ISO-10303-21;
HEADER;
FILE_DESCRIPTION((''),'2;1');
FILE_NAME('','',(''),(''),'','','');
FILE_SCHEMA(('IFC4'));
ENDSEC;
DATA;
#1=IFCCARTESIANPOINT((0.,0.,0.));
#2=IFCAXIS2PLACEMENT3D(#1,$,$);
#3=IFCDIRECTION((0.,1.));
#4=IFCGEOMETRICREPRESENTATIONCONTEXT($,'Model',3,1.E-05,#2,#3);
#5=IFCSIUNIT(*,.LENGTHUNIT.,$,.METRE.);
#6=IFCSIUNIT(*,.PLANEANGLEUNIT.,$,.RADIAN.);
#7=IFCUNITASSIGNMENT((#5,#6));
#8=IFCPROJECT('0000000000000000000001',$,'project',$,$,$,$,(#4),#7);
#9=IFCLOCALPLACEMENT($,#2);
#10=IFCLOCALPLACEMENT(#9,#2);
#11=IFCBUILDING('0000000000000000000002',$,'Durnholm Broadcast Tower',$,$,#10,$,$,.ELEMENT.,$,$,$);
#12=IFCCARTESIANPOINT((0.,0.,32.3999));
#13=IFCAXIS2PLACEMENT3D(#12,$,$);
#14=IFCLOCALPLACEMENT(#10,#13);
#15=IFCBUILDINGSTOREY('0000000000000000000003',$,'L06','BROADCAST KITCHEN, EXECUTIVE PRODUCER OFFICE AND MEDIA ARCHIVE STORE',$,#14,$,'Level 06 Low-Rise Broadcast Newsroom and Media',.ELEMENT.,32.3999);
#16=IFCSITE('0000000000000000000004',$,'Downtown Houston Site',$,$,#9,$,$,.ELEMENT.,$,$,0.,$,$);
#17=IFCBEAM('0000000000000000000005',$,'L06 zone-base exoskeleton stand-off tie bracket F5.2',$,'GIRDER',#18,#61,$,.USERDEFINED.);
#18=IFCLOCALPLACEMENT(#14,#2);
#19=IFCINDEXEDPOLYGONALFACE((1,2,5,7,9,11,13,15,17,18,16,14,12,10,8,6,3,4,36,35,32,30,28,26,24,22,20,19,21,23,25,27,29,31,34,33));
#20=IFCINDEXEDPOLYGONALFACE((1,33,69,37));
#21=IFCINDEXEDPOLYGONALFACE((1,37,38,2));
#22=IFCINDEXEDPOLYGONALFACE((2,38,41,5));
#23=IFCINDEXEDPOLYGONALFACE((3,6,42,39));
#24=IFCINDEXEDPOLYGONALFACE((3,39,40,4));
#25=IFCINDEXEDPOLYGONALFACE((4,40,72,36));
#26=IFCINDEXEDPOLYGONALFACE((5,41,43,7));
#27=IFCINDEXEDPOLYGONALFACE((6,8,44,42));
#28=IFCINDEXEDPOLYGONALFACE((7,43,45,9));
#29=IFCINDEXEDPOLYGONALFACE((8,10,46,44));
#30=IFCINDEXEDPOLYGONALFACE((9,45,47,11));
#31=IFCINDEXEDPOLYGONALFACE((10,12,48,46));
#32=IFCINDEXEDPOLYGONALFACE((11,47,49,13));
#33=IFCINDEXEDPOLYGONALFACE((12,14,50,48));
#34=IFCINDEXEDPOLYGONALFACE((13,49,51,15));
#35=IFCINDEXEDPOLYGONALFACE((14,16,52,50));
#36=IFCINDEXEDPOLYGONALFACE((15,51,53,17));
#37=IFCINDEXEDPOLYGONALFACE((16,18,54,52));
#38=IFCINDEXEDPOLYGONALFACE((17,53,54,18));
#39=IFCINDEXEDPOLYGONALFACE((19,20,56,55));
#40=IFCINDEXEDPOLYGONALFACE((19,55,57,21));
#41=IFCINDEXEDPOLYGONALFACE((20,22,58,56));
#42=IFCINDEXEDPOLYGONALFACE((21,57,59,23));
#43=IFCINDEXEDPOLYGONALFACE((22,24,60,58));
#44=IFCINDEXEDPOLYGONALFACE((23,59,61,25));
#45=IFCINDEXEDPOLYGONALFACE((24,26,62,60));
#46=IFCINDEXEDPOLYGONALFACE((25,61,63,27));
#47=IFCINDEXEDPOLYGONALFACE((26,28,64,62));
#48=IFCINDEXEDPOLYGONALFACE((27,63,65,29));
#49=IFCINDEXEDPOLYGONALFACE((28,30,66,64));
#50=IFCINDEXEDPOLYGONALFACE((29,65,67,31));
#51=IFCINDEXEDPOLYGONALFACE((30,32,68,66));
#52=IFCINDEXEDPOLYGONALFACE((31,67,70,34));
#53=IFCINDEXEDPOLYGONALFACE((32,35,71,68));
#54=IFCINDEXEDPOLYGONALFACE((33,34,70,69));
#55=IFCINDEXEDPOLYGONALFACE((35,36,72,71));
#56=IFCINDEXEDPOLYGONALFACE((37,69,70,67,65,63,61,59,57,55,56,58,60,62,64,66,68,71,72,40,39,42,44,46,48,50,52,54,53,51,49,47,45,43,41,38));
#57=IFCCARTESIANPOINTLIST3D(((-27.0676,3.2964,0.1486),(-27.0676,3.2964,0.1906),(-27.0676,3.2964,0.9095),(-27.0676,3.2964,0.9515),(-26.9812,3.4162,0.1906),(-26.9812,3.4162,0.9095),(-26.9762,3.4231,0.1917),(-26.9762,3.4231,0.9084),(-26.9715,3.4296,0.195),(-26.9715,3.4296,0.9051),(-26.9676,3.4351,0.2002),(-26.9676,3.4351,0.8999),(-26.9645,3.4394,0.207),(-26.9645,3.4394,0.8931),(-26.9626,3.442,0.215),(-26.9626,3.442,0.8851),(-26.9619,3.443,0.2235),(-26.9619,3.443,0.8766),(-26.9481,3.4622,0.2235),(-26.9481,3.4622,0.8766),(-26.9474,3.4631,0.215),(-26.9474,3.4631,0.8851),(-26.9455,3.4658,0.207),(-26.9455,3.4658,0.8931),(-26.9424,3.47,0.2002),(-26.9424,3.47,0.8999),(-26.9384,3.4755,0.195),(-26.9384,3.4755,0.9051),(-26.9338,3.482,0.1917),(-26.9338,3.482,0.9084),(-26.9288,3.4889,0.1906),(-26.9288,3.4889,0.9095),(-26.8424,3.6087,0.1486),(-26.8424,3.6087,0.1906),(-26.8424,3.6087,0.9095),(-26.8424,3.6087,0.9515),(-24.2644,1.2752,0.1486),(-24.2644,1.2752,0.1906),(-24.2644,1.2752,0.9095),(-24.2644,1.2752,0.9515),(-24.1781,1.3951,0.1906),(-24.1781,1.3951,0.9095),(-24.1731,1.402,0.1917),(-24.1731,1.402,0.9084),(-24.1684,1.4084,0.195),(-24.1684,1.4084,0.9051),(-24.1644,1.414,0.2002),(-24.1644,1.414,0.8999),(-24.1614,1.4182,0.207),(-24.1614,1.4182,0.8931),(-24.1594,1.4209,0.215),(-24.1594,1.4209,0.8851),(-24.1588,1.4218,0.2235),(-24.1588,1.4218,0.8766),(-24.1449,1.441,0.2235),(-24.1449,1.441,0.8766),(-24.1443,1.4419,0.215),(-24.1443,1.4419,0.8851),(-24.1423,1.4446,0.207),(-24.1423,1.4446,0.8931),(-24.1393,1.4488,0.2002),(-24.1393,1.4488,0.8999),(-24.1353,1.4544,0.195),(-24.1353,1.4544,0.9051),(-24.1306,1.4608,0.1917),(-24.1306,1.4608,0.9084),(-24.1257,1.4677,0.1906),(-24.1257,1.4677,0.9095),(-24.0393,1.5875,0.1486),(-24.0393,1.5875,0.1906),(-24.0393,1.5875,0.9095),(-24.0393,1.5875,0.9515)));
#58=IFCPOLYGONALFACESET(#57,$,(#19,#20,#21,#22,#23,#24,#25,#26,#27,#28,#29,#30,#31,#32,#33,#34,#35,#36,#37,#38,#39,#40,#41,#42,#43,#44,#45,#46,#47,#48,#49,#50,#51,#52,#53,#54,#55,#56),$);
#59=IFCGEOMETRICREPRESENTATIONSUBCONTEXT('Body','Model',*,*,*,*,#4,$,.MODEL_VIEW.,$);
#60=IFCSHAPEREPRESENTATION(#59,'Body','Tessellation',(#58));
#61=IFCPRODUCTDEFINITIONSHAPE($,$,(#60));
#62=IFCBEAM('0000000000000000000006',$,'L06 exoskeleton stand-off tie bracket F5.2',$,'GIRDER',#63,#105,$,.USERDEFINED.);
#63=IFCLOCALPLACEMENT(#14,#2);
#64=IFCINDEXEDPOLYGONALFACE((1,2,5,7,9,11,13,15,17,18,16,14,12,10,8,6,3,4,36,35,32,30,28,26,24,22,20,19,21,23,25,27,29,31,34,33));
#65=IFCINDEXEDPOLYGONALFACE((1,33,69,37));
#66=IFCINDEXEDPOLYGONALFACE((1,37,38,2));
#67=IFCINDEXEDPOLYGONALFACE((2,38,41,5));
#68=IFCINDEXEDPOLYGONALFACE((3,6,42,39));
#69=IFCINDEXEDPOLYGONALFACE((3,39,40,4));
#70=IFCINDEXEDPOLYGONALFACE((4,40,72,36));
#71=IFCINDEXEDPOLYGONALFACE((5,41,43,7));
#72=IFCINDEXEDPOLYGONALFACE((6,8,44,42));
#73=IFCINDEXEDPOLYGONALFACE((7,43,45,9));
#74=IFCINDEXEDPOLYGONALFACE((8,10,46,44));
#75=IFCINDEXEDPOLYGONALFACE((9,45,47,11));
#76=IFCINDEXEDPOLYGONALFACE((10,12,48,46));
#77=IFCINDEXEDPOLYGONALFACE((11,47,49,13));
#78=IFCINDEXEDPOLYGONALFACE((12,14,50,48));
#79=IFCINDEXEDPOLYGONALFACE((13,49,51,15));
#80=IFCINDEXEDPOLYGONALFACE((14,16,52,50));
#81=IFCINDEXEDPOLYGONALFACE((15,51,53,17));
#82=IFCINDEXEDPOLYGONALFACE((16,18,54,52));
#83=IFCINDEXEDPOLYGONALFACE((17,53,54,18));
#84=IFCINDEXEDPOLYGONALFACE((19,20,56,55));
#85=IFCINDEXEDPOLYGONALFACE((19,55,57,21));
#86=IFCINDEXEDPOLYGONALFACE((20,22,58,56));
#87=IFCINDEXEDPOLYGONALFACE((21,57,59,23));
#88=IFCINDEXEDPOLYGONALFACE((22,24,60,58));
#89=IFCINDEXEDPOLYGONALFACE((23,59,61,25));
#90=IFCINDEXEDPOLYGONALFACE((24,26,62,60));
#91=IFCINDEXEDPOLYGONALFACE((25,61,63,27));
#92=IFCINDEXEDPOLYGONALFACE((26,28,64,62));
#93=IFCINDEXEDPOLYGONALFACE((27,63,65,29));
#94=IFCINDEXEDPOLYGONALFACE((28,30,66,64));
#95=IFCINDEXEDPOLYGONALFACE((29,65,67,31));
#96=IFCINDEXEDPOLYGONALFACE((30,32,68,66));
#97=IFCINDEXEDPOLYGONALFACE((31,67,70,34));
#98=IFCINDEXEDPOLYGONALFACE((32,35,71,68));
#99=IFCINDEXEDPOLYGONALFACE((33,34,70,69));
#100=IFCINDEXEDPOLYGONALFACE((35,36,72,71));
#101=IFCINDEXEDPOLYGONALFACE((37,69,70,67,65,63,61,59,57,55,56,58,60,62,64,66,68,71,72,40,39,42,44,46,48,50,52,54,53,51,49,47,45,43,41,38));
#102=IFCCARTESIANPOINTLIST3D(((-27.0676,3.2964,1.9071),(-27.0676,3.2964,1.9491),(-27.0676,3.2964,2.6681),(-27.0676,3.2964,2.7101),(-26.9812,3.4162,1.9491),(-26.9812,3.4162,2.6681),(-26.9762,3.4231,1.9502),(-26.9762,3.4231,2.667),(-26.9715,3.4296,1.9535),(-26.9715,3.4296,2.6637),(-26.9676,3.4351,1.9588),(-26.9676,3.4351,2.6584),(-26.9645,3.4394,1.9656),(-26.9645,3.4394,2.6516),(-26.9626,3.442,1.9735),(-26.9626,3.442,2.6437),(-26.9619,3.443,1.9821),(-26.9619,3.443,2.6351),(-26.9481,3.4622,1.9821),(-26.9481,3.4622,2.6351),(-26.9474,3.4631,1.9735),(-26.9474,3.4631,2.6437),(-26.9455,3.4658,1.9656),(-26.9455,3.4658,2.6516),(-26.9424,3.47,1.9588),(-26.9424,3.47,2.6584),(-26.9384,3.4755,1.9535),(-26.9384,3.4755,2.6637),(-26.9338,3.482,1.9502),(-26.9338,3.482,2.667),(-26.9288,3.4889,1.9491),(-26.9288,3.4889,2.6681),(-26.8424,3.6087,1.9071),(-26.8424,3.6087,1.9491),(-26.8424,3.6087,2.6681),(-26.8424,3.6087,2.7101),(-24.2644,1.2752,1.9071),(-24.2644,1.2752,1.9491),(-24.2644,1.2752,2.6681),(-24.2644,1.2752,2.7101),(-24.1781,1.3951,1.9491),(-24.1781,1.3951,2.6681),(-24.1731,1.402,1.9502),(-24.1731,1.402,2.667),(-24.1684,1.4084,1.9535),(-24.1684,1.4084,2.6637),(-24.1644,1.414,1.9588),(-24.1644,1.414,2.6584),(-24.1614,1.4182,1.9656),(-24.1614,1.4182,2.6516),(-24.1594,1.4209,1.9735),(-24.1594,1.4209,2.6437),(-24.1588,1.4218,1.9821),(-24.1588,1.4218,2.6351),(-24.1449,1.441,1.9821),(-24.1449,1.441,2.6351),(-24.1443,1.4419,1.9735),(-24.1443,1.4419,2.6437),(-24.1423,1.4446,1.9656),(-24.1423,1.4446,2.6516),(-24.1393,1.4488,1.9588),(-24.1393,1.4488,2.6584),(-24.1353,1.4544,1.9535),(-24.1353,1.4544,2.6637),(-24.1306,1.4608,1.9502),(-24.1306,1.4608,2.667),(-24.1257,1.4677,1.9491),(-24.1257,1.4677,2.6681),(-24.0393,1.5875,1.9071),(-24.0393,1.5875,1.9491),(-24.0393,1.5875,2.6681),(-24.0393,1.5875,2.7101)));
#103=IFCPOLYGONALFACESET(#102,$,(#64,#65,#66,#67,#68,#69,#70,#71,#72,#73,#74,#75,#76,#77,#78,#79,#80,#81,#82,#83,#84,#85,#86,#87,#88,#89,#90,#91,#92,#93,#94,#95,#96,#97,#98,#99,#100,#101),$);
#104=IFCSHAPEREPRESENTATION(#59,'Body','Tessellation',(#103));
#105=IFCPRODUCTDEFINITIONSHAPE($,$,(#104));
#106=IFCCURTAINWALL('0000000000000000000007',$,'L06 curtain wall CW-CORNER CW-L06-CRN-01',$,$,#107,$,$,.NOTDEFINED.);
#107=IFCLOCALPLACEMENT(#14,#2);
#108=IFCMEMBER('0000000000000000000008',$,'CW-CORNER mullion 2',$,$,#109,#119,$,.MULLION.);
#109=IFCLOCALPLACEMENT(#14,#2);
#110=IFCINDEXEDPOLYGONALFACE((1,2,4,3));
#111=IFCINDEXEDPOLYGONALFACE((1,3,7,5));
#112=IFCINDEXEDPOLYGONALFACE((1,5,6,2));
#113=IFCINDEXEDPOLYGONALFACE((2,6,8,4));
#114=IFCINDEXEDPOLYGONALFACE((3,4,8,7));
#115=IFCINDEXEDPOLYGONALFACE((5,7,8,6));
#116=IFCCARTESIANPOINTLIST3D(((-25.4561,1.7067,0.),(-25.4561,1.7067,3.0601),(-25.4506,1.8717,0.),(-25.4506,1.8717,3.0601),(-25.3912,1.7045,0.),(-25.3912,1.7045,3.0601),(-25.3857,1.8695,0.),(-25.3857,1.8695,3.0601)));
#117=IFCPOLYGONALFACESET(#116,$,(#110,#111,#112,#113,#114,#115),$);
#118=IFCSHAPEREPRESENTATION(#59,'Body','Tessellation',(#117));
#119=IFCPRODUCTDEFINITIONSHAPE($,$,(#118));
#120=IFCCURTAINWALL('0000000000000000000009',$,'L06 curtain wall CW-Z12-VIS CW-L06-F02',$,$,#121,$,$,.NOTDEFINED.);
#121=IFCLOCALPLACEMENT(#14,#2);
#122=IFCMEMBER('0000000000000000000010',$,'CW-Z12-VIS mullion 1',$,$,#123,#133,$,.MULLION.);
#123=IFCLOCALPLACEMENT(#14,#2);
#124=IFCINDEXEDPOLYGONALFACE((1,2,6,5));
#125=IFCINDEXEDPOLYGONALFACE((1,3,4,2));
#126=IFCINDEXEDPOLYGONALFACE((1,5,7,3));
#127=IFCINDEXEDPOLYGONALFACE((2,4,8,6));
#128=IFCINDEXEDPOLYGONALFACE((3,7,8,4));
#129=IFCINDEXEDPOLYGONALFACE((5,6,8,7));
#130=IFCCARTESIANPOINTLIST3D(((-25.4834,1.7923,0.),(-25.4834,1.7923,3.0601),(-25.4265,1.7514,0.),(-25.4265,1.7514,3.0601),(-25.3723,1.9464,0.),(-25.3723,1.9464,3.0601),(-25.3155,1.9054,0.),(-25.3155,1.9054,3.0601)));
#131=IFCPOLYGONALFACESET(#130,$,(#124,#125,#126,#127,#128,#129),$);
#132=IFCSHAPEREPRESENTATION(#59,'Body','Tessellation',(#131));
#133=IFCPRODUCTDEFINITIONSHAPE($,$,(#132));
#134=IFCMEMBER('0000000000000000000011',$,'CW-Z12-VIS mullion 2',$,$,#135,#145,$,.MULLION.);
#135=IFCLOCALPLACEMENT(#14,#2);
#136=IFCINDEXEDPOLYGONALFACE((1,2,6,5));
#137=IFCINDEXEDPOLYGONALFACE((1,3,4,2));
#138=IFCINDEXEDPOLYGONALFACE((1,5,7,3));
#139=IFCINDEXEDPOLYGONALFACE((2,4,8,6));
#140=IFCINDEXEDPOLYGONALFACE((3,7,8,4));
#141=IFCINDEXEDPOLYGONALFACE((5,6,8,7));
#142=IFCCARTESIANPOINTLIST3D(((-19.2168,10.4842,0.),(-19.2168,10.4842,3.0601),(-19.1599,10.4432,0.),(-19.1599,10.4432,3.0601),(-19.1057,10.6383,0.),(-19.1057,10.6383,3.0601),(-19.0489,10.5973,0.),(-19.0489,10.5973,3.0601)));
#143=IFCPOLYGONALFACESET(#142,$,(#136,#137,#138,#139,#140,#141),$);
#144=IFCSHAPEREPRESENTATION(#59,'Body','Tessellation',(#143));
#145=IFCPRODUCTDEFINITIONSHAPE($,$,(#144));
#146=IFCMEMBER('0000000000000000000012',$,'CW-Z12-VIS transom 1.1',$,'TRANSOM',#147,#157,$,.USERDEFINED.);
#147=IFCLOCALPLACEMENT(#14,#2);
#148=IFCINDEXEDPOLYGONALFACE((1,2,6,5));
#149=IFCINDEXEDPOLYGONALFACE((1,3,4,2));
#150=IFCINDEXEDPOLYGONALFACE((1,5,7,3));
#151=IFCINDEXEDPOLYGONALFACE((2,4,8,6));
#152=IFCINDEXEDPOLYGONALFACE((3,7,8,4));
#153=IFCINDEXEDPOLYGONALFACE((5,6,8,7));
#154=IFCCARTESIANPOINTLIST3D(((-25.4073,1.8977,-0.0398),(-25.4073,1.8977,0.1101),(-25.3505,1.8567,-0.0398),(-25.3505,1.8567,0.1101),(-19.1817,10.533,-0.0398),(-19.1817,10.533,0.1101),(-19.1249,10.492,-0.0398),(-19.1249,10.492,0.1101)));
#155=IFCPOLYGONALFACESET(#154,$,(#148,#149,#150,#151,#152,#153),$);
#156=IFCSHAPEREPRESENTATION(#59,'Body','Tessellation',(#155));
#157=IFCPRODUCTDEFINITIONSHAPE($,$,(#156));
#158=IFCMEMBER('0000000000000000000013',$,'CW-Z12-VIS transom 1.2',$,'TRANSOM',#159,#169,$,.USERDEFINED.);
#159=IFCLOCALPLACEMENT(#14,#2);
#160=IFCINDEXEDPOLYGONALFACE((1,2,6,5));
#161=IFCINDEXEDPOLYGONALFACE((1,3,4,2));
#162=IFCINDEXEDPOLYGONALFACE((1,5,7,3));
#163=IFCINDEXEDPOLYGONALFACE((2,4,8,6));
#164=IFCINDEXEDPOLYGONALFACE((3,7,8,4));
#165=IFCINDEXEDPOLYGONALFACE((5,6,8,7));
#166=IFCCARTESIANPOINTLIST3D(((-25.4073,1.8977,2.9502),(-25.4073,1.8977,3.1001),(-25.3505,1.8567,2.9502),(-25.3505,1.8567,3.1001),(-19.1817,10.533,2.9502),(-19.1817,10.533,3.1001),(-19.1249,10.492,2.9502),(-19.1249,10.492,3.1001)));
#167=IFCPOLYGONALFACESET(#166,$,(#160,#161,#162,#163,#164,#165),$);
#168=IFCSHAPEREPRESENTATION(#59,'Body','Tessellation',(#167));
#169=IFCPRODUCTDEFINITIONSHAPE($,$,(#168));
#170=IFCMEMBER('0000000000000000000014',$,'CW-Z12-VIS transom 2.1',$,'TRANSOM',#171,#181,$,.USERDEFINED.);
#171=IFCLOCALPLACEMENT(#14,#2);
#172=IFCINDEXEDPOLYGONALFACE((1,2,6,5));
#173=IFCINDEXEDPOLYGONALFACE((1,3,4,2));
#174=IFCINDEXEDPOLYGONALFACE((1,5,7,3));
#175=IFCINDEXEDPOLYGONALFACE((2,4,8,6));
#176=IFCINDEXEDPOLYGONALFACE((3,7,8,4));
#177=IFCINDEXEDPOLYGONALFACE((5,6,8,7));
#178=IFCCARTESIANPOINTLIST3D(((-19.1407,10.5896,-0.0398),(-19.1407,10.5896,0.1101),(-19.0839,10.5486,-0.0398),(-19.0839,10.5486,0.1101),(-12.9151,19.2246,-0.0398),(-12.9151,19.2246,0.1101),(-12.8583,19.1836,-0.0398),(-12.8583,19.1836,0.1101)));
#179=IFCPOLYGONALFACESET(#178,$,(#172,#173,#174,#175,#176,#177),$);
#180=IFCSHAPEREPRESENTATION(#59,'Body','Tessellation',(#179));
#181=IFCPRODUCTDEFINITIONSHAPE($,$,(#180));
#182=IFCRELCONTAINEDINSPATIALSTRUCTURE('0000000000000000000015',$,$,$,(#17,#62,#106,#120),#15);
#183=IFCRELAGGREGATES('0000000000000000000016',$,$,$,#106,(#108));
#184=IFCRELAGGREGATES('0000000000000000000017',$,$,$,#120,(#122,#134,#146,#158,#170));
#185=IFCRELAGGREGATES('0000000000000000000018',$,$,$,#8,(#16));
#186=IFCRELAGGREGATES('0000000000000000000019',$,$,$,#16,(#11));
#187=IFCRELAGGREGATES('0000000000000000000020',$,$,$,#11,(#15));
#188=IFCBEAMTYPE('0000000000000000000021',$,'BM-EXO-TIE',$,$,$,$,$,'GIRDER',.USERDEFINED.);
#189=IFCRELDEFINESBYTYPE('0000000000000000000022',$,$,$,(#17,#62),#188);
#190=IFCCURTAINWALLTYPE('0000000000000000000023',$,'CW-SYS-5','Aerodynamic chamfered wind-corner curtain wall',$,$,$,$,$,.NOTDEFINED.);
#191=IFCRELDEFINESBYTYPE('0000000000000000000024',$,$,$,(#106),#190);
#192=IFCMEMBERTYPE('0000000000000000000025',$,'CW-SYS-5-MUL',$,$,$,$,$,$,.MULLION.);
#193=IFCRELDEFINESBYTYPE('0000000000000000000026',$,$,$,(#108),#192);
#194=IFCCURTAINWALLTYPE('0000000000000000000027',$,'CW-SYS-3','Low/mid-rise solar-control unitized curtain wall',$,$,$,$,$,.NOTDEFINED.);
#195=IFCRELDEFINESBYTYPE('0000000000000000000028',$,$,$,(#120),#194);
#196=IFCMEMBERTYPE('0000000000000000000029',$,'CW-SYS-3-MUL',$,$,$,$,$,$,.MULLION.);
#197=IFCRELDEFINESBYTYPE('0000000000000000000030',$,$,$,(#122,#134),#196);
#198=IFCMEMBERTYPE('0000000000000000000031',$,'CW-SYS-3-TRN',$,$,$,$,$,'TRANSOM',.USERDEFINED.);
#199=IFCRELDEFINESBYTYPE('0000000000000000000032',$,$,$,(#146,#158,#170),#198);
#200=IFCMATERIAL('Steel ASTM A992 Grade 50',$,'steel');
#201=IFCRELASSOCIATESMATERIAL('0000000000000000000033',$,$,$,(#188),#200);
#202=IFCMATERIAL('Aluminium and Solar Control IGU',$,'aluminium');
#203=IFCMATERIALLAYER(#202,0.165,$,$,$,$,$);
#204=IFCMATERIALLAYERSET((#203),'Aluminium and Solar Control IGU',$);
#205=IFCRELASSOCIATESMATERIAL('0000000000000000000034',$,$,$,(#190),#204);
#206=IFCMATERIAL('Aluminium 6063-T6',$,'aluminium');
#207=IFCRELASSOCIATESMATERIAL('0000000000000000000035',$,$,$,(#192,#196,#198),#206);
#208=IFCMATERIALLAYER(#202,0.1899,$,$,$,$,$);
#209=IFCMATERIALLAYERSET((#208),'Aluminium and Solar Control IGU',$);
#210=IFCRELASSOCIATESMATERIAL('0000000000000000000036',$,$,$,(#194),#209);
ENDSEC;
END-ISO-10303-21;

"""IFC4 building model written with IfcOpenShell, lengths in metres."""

from ifc_helpers import new_model, si_unit, direction, frame, origin, origin_2d, place, context, subcontext, project, spatial, rectangle, i_section, extrude, source, transform, mapped, material, layer, layer_set, material_profile, profile_set, type_object, type_shapes, element, aggregate, save


model = new_model("IFC4")

# Units and contexts
model_context = context("Model", 3, precision=1e-05, world=origin(), true_north=direction((0.0, 1.0)))
body_context = subcontext(model_context, "Body", "Model", "MODEL_VIEW")
ifc_project = project(units=[si_unit("LENGTHUNIT", "METRE"), si_unit("PLANEANGLEUNIT", "RADIAN")], contexts=[model_context])

# Site, building, storey
site_placement = place(None, origin())
site = spatial("IfcSite", under=ifc_project, at=site_placement, Name="Downtown Houston Site", CompositionType="ELEMENT", RefElevation=0.0)
building_placement = place(site_placement, origin())
building = spatial("IfcBuilding", under=site, at=building_placement, Name="Durnholm Broadcast Tower", CompositionType="ELEMENT")
storey_placement = place(building_placement, frame((0.0, 0.0, 32.3999)))
storey = spatial("IfcBuildingStorey", under=building, at=storey_placement, Name="L06", Description="BROADCAST KITCHEN, EXECUTIVE PRODUCER OFFICE AND MEDIA ARCHIVE STORE", LongName="Level 06 Low-Rise Broadcast Newsroom and Media", CompositionType="ELEMENT", Elevation=32.3999)

# Shared definitions
ifc_material_1 = material(Name="Steel ASTM A992 Grade 50", Category="steel")

# Beams
ifc_material_profile_1 = material_profile(ifc_material_1, i_section(OverallWidth=0.385, OverallDepth=0.803, WebThickness=0.0237, FlangeThickness=0.042, FilletRadius=0.033, at=origin_2d()), Name="W30X261")
ifc_profile_set_1 = profile_set([ifc_material_profile_1], Name="Steel ASTM A992 Grade 50")
beam_type_1 = type_object("IfcBeamType", Name="BM-EXO-TIE", ElementType="GIRDER", PredefinedType="USERDEFINED", material=ifc_profile_set_1)
shared_shape_1 = source(origin(), body_context, "Body", "SweptSolid", [
    extrude(i_section(OverallWidth=0.385, OverallDepth=0.803, WebThickness=0.0237, FlangeThickness=0.042, FilletRadius=0.033, at=origin_2d()), origin(), (0.0, 0.0, 1.0), 3.4558),
])
type_shapes(beam_type_1, [shared_shape_1])
for number, where, z_axis, x_axis, name in (
    (1, (-24.1519, 1.4314, 0.55), (-0.811134, 0.584861, 0.0), (-0.584861, -0.811134, 0.0), "L06 zone-base exoskeleton stand-off tie bracket F5.2"),
    (2, (-24.1519, 1.4314, 2.3086), (-0.811134, 0.584861, 0.0), (-0.584861, -0.811134, 0.0), "L06 exoskeleton stand-off tie bracket F5.2"),
):
    element("IfcBeam", number, at=place(storey_placement, frame(where, z_axis=z_axis, x_axis=x_axis)), inside=storey, type_object=beam_type_1, Name=name, ObjectType="GIRDER", PredefinedType="USERDEFINED", context=body_context, shape_type="MappedRepresentation", body=[
        mapped(shared_shape_1, transform((0.0, 0.0, 0.0), x_axis=(1.0, 0.0, 0.0), y_axis=(0.0, 1.0, 0.0), z_axis=(0.0, 0.0, 1.0), scale=1.0)),
    ])

# Curtain wall, member
ifc_material_2 = material(Name="Aluminium and Solar Control IGU", Category="aluminium")
ifc_layer_1 = layer(ifc_material_2, 0.165)
ifc_layer_set_1 = layer_set([ifc_layer_1], Name="Aluminium and Solar Control IGU")
curtain_wall_type_1 = type_object("IfcCurtainWallType", Name="CW-SYS-5", Description="Aerodynamic chamfered wind-corner curtain wall", PredefinedType="NOTDEFINED", material=ifc_layer_set_1)
curtain_wall_1_placement = place(storey_placement, origin())
curtain_wall_1 = element("IfcCurtainWall", 3, at=curtain_wall_1_placement, inside=storey, type_object=curtain_wall_type_1, Name="L06 curtain wall CW-CORNER CW-L06-CRN-01", PredefinedType="NOTDEFINED")
ifc_material_3 = material(Name="Aluminium 6063-T6", Category="aluminium")
ifc_material_profile_2 = material_profile(ifc_material_3, rectangle(XDim=0.0649, YDim=0.165, at=origin_2d()), Name="CWM65X165")
ifc_profile_set_2 = profile_set([ifc_material_profile_2], Name="Aluminium 6063-T6")
member_type_1 = type_object("IfcMemberType", Name="CW-SYS-5-MUL", PredefinedType="MULLION", material=ifc_profile_set_2)
shared_shape_2 = source(origin(), body_context, "Body", "SweptSolid", [
    extrude(rectangle(XDim=0.0649, YDim=0.165, at=origin_2d()), origin(), (0.0, 0.0, 1.0), 3.0601),
])
type_shapes(member_type_1, [shared_shape_2])
member_1_placement = place(storey_placement, frame((-25.4209, 1.7881, 0.0), z_axis=(0.0, 0.0, 1.0), x_axis=(-0.999427, 0.03384, 0.0)))
member_1 = element("IfcMember", 4, at=member_1_placement, type_object=member_type_1, Name="CW-CORNER mullion 2", PredefinedType="MULLION", context=body_context, shape_type="MappedRepresentation", body=[
    mapped(shared_shape_2, transform((0.0, 0.0, 0.0), x_axis=(1.0, 0.0, 0.0), y_axis=(0.0, 1.0, 0.0), z_axis=(0.0, 0.0, 1.0), scale=1.0)),
])

# Curtain wall, members
ifc_layer_2 = layer(ifc_material_2, 0.1899)
ifc_layer_set_2 = layer_set([ifc_layer_2], Name="Aluminium and Solar Control IGU")
curtain_wall_type_2 = type_object("IfcCurtainWallType", Name="CW-SYS-3", Description="Low/mid-rise solar-control unitized curtain wall", PredefinedType="NOTDEFINED", material=ifc_layer_set_2)
curtain_wall_2_placement = place(storey_placement, origin())
curtain_wall_2 = element("IfcCurtainWall", 5, at=curtain_wall_2_placement, inside=storey, type_object=curtain_wall_type_2, Name="L06 curtain wall CW-Z12-VIS CW-L06-F02", PredefinedType="NOTDEFINED")
ifc_material_profile_3 = material_profile(ifc_material_3, rectangle(XDim=0.0701, YDim=0.1899, at=origin_2d()), Name="CWM70X190")
ifc_profile_set_3 = profile_set([ifc_material_profile_3], Name="Aluminium 6063-T6")
member_type_2 = type_object("IfcMemberType", Name="CW-SYS-3-MUL", PredefinedType="MULLION", material=ifc_profile_set_3)
shared_shape_3 = source(origin(), body_context, "Body", "SweptSolid", [
    extrude(rectangle(XDim=0.0701, YDim=0.1899, at=origin_2d()), origin(), (0.0, 0.0, 1.0), 3.0601),
])
type_shapes(member_type_2, [shared_shape_3])
member_2_placement = place(storey_placement, frame((-25.3994, 1.8489, 0.0), z_axis=(0.0, 0.0, 1.0), x_axis=(-0.811161, 0.584823, 0.0)))
member_2 = element("IfcMember", 6, at=member_2_placement, type_object=member_type_2, Name="CW-Z12-VIS mullion 1", PredefinedType="MULLION", context=body_context, shape_type="MappedRepresentation", body=[
    mapped(shared_shape_3, transform((0.0, 0.0, 0.0), x_axis=(1.0, 0.0, 0.0), y_axis=(0.0, 1.0, 0.0), z_axis=(0.0, 0.0, 1.0), scale=1.0)),
])
member_3_placement = place(storey_placement, frame((-19.1328, 10.5408, 0.0), z_axis=(0.0, 0.0, 1.0), x_axis=(-0.811161, 0.584823, 0.0)))
member_3 = element("IfcMember", 7, at=member_3_placement, type_object=member_type_2, Name="CW-Z12-VIS mullion 2", PredefinedType="MULLION", context=body_context, shape_type="MappedRepresentation", body=[
    mapped(shared_shape_3, transform((0.0, 0.0, 0.0), x_axis=(1.0, 0.0, 0.0), y_axis=(0.0, 1.0, 0.0), z_axis=(0.0, 0.0, 1.0), scale=1.0)),
])
ifc_material_profile_4 = material_profile(ifc_material_3, rectangle(XDim=0.0701, YDim=0.1499, at=origin_2d()), Name="CWT70X150")
ifc_profile_set_4 = profile_set([ifc_material_profile_4], Name="Aluminium 6063-T6")
member_type_3 = type_object("IfcMemberType", Name="CW-SYS-3-TRN", ElementType="TRANSOM", PredefinedType="USERDEFINED", material=ifc_profile_set_4)
shared_shape_4 = source(origin(), body_context, "Body", "SweptSolid", [
    extrude(rectangle(XDim=0.0701, YDim=0.1499, at=origin_2d()), origin(), (0.0, 0.0, 1.0), 10.6455),
])
member_4_placement = place(storey_placement, frame((-25.3789, 1.8772, 0.0352), z_axis=(0.584812, 0.811169, 0.0), x_axis=(-0.811169, 0.584812, 0.0)))
member_4 = element("IfcMember", 8, at=member_4_placement, type_object=member_type_3, Name="CW-Z12-VIS transom 1.1", ObjectType="TRANSOM", PredefinedType="USERDEFINED", context=body_context, shape_type="MappedRepresentation", body=[
    mapped(shared_shape_4, transform((0.0, 0.0, 0.0), x_axis=(1.0, 0.0, 0.0), y_axis=(0.0, 1.0, 0.0), z_axis=(0.0, 0.0, 1.0), scale=1.0)),
])
member_5_placement = place(storey_placement, frame((-25.3789, 1.8772, 3.0251), z_axis=(0.584812, 0.811169, 0.0), x_axis=(-0.811169, 0.584812, 0.0)))
member_5 = element("IfcMember", 9, at=member_5_placement, type_object=member_type_3, Name="CW-Z12-VIS transom 1.2", ObjectType="TRANSOM", PredefinedType="USERDEFINED", context=body_context, shape_type="MappedRepresentation", body=[
    mapped(shared_shape_4, transform((0.0, 0.0, 0.0), x_axis=(1.0, 0.0, 0.0), y_axis=(0.0, 1.0, 0.0), z_axis=(0.0, 0.0, 1.0), scale=1.0)),
])
shared_shape_5 = source(origin(), body_context, "Body", "SweptSolid", [
    extrude(rectangle(XDim=0.0701, YDim=0.1499, at=origin_2d()), origin(), (0.0, 0.0, 1.0), 10.6453),
])
type_shapes(member_type_3, [shared_shape_4, shared_shape_5])
member_6_placement = place(storey_placement, frame((-19.1123, 10.5691, 0.0352), z_axis=(0.584823, 0.811161, 0.0), x_axis=(-0.811161, 0.584823, 0.0)))
member_6 = element("IfcMember", 10, at=member_6_placement, type_object=member_type_3, Name="CW-Z12-VIS transom 2.1", ObjectType="TRANSOM", PredefinedType="USERDEFINED", context=body_context, shape_type="MappedRepresentation", body=[
    mapped(shared_shape_5, transform((0.0, 0.0, 0.0), x_axis=(1.0, 0.0, 0.0), y_axis=(0.0, 1.0, 0.0), z_axis=(0.0, 0.0, 1.0), scale=1.0)),
])

aggregate(curtain_wall_1, [member_1])
aggregate(curtain_wall_2, [member_2, member_3, member_4, member_5, member_6])

save(model, "model.ifc")
